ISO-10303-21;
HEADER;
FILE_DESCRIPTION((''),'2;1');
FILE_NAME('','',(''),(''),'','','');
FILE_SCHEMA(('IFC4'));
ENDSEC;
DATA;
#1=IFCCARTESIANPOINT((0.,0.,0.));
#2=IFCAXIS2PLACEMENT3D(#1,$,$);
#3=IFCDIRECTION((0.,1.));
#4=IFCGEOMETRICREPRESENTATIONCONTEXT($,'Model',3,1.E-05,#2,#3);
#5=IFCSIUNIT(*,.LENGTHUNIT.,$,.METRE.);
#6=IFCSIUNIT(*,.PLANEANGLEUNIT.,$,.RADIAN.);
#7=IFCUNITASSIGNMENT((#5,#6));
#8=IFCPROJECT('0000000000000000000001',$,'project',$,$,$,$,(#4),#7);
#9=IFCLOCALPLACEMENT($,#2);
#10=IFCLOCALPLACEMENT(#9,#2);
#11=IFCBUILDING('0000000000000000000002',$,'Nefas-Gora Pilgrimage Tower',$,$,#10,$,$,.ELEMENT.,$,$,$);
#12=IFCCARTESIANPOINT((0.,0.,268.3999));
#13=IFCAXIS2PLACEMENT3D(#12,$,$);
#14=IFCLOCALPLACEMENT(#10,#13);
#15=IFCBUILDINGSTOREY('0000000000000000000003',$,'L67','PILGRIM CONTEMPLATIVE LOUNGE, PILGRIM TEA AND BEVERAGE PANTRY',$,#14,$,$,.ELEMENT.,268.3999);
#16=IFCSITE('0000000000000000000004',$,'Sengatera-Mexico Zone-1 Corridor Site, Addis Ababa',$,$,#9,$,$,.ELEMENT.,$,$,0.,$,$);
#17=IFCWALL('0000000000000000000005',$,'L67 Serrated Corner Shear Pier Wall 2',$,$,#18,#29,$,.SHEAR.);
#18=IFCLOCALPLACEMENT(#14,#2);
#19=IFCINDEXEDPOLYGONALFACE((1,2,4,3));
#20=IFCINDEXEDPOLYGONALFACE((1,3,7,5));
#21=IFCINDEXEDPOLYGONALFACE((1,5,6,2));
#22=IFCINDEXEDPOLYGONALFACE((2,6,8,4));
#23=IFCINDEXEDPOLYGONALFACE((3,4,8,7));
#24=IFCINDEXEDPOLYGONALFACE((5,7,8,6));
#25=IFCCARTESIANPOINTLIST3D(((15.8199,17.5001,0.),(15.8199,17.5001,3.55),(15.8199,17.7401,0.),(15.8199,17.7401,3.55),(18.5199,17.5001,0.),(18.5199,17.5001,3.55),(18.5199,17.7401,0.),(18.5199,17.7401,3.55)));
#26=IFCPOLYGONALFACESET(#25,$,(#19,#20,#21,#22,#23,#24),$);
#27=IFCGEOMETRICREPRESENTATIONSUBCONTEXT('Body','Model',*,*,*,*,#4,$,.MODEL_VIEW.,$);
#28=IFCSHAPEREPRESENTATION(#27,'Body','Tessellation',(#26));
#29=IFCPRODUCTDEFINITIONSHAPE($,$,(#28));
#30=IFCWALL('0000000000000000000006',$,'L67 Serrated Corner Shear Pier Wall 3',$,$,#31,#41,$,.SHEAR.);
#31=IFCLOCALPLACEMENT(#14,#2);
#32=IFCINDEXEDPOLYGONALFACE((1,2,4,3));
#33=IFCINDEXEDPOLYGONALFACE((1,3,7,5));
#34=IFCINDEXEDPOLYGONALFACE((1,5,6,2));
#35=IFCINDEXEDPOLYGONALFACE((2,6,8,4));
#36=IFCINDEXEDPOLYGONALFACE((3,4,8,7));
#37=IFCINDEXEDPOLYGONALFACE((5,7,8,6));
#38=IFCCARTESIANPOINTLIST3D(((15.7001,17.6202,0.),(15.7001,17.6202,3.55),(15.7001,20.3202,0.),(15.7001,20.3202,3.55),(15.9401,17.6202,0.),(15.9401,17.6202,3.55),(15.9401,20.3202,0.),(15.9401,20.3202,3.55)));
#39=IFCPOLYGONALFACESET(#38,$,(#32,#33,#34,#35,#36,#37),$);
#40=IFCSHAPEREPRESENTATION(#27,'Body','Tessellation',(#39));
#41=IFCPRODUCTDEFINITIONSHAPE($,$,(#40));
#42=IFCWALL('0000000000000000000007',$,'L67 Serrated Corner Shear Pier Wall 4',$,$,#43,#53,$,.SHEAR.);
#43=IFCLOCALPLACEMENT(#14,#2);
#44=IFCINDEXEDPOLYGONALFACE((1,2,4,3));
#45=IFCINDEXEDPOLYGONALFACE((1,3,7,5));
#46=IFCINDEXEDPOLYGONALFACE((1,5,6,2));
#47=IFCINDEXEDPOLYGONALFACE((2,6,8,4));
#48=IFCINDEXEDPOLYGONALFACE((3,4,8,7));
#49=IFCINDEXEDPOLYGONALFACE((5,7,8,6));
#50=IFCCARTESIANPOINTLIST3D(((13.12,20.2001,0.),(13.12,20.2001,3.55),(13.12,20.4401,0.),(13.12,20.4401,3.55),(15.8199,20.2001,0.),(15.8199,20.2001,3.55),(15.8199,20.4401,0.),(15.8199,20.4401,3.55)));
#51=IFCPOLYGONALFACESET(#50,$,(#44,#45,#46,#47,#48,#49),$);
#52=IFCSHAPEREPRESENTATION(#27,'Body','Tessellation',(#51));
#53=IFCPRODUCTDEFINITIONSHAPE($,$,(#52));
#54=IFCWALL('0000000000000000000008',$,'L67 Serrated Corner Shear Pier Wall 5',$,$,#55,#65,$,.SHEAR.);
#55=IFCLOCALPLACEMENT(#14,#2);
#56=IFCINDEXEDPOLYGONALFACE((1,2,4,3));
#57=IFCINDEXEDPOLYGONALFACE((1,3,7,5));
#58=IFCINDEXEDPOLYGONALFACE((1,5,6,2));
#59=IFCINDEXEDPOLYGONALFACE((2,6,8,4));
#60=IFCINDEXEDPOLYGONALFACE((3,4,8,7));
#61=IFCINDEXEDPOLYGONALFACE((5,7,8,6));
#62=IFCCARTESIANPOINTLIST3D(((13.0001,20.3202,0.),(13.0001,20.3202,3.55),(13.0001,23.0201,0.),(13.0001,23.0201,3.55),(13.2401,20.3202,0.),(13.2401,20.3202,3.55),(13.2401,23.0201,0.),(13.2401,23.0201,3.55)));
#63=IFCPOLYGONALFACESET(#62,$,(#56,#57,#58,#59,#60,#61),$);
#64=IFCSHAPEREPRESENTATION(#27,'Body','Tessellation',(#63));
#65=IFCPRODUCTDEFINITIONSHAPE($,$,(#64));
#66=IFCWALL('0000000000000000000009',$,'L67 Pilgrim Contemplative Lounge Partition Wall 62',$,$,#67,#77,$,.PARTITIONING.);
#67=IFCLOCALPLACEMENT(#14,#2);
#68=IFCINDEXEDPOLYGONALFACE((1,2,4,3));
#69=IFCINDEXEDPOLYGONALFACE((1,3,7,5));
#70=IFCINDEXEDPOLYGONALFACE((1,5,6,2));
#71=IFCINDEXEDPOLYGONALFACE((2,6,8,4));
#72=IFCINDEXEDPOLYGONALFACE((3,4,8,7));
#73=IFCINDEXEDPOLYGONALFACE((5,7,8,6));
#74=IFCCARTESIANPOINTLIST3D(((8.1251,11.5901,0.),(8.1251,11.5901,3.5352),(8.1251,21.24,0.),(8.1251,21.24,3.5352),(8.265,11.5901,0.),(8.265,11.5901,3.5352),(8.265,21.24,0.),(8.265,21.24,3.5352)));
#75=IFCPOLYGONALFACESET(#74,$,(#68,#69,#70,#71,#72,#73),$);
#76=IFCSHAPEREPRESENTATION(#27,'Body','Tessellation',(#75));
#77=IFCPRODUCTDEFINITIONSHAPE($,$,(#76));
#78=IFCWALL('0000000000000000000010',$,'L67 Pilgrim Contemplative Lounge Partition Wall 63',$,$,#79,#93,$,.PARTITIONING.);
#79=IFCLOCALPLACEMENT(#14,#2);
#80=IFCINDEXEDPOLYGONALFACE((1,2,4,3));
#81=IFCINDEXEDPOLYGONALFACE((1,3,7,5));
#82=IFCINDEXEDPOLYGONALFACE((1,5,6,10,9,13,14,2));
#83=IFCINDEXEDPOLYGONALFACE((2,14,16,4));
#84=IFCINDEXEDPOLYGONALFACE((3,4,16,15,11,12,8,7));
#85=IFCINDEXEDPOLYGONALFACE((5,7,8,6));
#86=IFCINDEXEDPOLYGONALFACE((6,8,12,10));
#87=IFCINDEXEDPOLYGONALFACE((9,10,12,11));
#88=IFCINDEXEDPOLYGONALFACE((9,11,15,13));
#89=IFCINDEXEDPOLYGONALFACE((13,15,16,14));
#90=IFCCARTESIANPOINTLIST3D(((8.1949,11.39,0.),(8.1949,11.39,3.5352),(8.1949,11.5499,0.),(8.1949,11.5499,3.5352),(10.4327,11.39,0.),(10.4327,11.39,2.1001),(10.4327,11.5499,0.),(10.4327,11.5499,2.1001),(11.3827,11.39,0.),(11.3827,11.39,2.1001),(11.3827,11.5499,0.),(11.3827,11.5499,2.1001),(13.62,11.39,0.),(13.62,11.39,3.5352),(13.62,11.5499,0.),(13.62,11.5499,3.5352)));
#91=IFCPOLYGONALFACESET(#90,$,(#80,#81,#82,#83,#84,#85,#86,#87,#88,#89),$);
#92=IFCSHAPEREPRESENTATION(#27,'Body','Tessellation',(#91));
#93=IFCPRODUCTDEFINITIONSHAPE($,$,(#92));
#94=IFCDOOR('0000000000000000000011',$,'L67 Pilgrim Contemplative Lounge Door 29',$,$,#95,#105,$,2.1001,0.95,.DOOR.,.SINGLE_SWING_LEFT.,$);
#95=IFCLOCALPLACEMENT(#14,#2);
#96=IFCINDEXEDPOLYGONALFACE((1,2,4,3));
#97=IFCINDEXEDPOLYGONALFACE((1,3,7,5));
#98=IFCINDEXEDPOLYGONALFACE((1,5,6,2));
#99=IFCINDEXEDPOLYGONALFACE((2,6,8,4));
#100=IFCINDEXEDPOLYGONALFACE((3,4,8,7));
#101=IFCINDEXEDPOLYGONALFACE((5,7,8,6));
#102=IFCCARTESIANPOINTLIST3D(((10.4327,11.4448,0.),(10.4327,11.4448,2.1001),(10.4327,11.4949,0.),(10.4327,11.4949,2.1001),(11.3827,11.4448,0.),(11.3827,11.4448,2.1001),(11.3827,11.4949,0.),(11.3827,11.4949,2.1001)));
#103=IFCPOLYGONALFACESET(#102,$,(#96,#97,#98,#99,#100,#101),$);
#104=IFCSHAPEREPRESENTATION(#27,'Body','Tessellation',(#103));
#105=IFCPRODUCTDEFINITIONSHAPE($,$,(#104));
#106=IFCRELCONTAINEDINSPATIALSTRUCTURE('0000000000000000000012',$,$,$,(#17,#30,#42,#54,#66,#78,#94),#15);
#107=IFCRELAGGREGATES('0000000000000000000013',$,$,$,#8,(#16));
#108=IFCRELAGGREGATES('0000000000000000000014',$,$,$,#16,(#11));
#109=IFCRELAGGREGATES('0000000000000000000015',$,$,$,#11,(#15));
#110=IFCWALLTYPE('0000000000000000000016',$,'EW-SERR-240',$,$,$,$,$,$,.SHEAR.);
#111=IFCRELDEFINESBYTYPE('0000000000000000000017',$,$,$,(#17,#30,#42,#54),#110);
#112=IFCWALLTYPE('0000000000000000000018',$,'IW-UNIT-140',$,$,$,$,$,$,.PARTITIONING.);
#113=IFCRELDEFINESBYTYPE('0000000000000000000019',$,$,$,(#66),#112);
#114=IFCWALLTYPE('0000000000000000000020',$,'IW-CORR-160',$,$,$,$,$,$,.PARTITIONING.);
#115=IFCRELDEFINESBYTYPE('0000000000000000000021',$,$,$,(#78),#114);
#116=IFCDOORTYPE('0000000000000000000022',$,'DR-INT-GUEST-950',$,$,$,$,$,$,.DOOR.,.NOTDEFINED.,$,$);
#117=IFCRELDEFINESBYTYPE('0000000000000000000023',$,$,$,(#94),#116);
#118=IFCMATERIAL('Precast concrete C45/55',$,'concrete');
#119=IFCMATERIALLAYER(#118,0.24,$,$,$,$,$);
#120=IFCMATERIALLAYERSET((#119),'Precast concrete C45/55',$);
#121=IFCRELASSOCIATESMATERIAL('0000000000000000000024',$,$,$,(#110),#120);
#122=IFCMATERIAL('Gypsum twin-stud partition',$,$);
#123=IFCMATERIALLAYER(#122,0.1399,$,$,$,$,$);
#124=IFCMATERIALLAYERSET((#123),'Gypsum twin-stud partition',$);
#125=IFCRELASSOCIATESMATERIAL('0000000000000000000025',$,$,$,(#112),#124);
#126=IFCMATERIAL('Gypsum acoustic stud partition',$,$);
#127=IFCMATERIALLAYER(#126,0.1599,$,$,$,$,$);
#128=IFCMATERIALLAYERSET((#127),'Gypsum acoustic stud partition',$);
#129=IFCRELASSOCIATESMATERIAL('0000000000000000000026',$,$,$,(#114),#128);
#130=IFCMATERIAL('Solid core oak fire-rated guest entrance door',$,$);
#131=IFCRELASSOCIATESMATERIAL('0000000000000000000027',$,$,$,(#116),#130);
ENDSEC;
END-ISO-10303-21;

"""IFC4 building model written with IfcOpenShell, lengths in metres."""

from ifc_helpers import new_model, si_unit, direction, frame, frame_2d, origin, place, context, subcontext, project, spatial, rectangle, extrude, source, transform, mapped, material, layer, layer_set, type_object, element, fill, save


model = new_model("IFC4")

# Units and contexts
model_context = context("Model", 3, precision=1e-05, world=origin(), true_north=direction((0.0, 1.0)))
body_context = subcontext(model_context, "Body", "Model", "MODEL_VIEW")
ifc_project = project(units=[si_unit("LENGTHUNIT", "METRE"), si_unit("PLANEANGLEUNIT", "RADIAN")], contexts=[model_context])

# Site, building, storey
site_placement = place(None, origin())
site = spatial("IfcSite", under=ifc_project, at=site_placement, Name="Sengatera-Mexico Zone-1 Corridor Site, Addis Ababa", CompositionType="ELEMENT", RefElevation=0.0)
building_placement = place(site_placement, origin())
building = spatial("IfcBuilding", under=site, at=building_placement, Name="Nefas-Gora Pilgrimage Tower", CompositionType="ELEMENT")
storey_placement = place(building_placement, frame((0.0, 0.0, 268.3999)))
storey = spatial("IfcBuildingStorey", under=building, at=storey_placement, Name="L67", Description="PILGRIM CONTEMPLATIVE LOUNGE, PILGRIM TEA AND BEVERAGE PANTRY", CompositionType="ELEMENT", Elevation=268.3999)

# Walls
ifc_material_1 = material(Name="Precast concrete C45/55", Category="concrete")
ifc_layer_1 = layer(ifc_material_1, 0.24)
ifc_layer_set_1 = layer_set([ifc_layer_1], Name="Precast concrete C45/55")
wall_type_1 = type_object("IfcWallType", Name="EW-SERR-240", PredefinedType="SHEAR", material=ifc_layer_set_1)
shared_shape_1 = source(origin(), body_context, "Body", "SweptSolid", [
    extrude(rectangle(XDim=2.7, YDim=0.24, at=frame_2d((1.3501, 0.0))), origin(), (0.0, 0.0, 1.0), 3.55),
])
for number, where, z_axis, x_axis, name in (
    (1, (18.52, 17.6201, 0.0), (0.0, 0.0, 1.0), (-1.0, 0.0, 0.0), "L67 Serrated Corner Shear Pier Wall 2"),
    (2, (15.8201, 17.6201, 0.0), (0.0, 0.0, 1.0), (0.0, 1.0, 0.0), "L67 Serrated Corner Shear Pier Wall 3"),
    (3, (15.8201, 20.3201, 0.0), (0.0, 0.0, 1.0), (-1.0, 0.0, 0.0), "L67 Serrated Corner Shear Pier Wall 4"),
    (4, (13.1201, 20.3201, 0.0), (0.0, 0.0, 1.0), (0.0, 1.0, 0.0), "L67 Serrated Corner Shear Pier Wall 5"),
):
    element("IfcWall", number, at=place(storey_placement, frame(where, z_axis=z_axis, x_axis=x_axis)), inside=storey, type_object=wall_type_1, Name=name, PredefinedType="SHEAR", context=body_context, shape_type="MappedRepresentation", body=[
        mapped(shared_shape_1, transform((0.0, 0.0, 0.0), x_axis=(1.0, 0.0, 0.0), y_axis=(0.0, 1.0, 0.0), z_axis=(0.0, 0.0, 1.0), scale=1.0)),
    ])
ifc_material_2 = material(Name="Gypsum twin-stud partition")
ifc_layer_2 = layer(ifc_material_2, 0.1399)
ifc_layer_set_2 = layer_set([ifc_layer_2], Name="Gypsum twin-stud partition")
wall_type_2 = type_object("IfcWallType", Name="IW-UNIT-140", PredefinedType="PARTITIONING", material=ifc_layer_set_2)
shared_shape_2 = source(origin(), body_context, "Body", "SweptSolid", [
    extrude(rectangle(XDim=9.6499, YDim=0.1399, at=frame_2d((4.825, 0.0))), origin(), (0.0, 0.0, 1.0), 3.5352),
])
wall_1_placement = place(storey_placement, frame((8.1951, 11.5901, 0.0), z_axis=(0.0, 0.0, 1.0), x_axis=(0.0, 1.0, 0.0)))
element("IfcWall", 5, at=wall_1_placement, inside=storey, type_object=wall_type_2, Name="L67 Pilgrim Contemplative Lounge Partition Wall 62", PredefinedType="PARTITIONING", context=body_context, shape_type="MappedRepresentation", body=[
    mapped(shared_shape_2, transform((0.0, 0.0, 0.0), x_axis=(1.0, 0.0, 0.0), y_axis=(0.0, 1.0, 0.0), z_axis=(0.0, 0.0, 1.0), scale=1.0)),
])

# Wall, opening, door
ifc_material_3 = material(Name="Gypsum acoustic stud partition")
ifc_layer_3 = layer(ifc_material_3, 0.1599)
ifc_layer_set_3 = layer_set([ifc_layer_3], Name="Gypsum acoustic stud partition")
wall_type_3 = type_object("IfcWallType", Name="IW-CORR-160", PredefinedType="PARTITIONING", material=ifc_layer_set_3)
shared_shape_3 = source(origin(), body_context, "Body", "SweptSolid", [
    extrude(rectangle(XDim=5.425, YDim=0.1599, at=frame_2d((2.7124, 0.0))), origin(), (0.0, 0.0, 1.0), 3.5352),
])
wall_2_placement = place(storey_placement, frame((8.1951, 11.47, 0.0), z_axis=(0.0, 0.0, 1.0), x_axis=(1.0, 0.0, 0.0)))
wall_2 = element("IfcWall", 6, at=wall_2_placement, inside=storey, type_object=wall_type_3, Name="L67 Pilgrim Contemplative Lounge Partition Wall 63", PredefinedType="PARTITIONING", context=body_context, shape_type="MappedRepresentation", body=[
    mapped(shared_shape_3, transform((0.0, 0.0, 0.0), x_axis=(1.0, 0.0, 0.0), y_axis=(0.0, 1.0, 0.0), z_axis=(0.0, 0.0, 1.0), scale=1.0)),
])
opening_placement = place(wall_2_placement, frame((2.2375, 0.0, 0.0)))
opening = element("IfcOpeningElement", 7, at=opening_placement, cuts=wall_2, PredefinedType="OPENING", context=body_context, shape_type="SweptSolid", body=[
    extrude(rectangle(XDim=0.95, YDim=2.1001, at=frame_2d((0.4751, 1.05))), frame((0.0, 0.0898, 0.0), z_axis=(0.0, -1.0, 0.0), x_axis=(1.0, 0.0, 0.0)), (0.0, 0.0, 1.0), 0.1799),
])
ifc_material_4 = material(Name="Solid core oak fire-rated guest entrance door")
door_type = type_object("IfcDoorType", Name="DR-INT-GUEST-950", OperationType="NOTDEFINED", PredefinedType="DOOR", material=ifc_material_4)
shared_shape_4 = source(origin(), body_context, "Body", "SweptSolid", [
    extrude(rectangle(XDim=0.95, YDim=2.1001, at=frame_2d((0.4751, 1.05))), frame((0.0, 0.0249, 0.0), z_axis=(0.0, -1.0, 0.0), x_axis=(1.0, 0.0, 0.0)), (0.0, 0.0, 1.0), 0.05),
])
door_placement = place(opening_placement, origin())
door = element("IfcDoor", 8, at=door_placement, inside=storey, type_object=door_type, Name="L67 Pilgrim Contemplative Lounge Door 29", OperationType="SINGLE_SWING_LEFT", OverallHeight=2.1001, OverallWidth=0.95, PredefinedType="DOOR", context=body_context, shape_type="MappedRepresentation", body=[
    mapped(shared_shape_4, transform((0.0, 0.0, 0.0), x_axis=(1.0, 0.0, 0.0), y_axis=(0.0, 1.0, 0.0), z_axis=(0.0, 0.0, 1.0), scale=1.0)),
])
fill(opening, door)

save(model, "model.ifc")
